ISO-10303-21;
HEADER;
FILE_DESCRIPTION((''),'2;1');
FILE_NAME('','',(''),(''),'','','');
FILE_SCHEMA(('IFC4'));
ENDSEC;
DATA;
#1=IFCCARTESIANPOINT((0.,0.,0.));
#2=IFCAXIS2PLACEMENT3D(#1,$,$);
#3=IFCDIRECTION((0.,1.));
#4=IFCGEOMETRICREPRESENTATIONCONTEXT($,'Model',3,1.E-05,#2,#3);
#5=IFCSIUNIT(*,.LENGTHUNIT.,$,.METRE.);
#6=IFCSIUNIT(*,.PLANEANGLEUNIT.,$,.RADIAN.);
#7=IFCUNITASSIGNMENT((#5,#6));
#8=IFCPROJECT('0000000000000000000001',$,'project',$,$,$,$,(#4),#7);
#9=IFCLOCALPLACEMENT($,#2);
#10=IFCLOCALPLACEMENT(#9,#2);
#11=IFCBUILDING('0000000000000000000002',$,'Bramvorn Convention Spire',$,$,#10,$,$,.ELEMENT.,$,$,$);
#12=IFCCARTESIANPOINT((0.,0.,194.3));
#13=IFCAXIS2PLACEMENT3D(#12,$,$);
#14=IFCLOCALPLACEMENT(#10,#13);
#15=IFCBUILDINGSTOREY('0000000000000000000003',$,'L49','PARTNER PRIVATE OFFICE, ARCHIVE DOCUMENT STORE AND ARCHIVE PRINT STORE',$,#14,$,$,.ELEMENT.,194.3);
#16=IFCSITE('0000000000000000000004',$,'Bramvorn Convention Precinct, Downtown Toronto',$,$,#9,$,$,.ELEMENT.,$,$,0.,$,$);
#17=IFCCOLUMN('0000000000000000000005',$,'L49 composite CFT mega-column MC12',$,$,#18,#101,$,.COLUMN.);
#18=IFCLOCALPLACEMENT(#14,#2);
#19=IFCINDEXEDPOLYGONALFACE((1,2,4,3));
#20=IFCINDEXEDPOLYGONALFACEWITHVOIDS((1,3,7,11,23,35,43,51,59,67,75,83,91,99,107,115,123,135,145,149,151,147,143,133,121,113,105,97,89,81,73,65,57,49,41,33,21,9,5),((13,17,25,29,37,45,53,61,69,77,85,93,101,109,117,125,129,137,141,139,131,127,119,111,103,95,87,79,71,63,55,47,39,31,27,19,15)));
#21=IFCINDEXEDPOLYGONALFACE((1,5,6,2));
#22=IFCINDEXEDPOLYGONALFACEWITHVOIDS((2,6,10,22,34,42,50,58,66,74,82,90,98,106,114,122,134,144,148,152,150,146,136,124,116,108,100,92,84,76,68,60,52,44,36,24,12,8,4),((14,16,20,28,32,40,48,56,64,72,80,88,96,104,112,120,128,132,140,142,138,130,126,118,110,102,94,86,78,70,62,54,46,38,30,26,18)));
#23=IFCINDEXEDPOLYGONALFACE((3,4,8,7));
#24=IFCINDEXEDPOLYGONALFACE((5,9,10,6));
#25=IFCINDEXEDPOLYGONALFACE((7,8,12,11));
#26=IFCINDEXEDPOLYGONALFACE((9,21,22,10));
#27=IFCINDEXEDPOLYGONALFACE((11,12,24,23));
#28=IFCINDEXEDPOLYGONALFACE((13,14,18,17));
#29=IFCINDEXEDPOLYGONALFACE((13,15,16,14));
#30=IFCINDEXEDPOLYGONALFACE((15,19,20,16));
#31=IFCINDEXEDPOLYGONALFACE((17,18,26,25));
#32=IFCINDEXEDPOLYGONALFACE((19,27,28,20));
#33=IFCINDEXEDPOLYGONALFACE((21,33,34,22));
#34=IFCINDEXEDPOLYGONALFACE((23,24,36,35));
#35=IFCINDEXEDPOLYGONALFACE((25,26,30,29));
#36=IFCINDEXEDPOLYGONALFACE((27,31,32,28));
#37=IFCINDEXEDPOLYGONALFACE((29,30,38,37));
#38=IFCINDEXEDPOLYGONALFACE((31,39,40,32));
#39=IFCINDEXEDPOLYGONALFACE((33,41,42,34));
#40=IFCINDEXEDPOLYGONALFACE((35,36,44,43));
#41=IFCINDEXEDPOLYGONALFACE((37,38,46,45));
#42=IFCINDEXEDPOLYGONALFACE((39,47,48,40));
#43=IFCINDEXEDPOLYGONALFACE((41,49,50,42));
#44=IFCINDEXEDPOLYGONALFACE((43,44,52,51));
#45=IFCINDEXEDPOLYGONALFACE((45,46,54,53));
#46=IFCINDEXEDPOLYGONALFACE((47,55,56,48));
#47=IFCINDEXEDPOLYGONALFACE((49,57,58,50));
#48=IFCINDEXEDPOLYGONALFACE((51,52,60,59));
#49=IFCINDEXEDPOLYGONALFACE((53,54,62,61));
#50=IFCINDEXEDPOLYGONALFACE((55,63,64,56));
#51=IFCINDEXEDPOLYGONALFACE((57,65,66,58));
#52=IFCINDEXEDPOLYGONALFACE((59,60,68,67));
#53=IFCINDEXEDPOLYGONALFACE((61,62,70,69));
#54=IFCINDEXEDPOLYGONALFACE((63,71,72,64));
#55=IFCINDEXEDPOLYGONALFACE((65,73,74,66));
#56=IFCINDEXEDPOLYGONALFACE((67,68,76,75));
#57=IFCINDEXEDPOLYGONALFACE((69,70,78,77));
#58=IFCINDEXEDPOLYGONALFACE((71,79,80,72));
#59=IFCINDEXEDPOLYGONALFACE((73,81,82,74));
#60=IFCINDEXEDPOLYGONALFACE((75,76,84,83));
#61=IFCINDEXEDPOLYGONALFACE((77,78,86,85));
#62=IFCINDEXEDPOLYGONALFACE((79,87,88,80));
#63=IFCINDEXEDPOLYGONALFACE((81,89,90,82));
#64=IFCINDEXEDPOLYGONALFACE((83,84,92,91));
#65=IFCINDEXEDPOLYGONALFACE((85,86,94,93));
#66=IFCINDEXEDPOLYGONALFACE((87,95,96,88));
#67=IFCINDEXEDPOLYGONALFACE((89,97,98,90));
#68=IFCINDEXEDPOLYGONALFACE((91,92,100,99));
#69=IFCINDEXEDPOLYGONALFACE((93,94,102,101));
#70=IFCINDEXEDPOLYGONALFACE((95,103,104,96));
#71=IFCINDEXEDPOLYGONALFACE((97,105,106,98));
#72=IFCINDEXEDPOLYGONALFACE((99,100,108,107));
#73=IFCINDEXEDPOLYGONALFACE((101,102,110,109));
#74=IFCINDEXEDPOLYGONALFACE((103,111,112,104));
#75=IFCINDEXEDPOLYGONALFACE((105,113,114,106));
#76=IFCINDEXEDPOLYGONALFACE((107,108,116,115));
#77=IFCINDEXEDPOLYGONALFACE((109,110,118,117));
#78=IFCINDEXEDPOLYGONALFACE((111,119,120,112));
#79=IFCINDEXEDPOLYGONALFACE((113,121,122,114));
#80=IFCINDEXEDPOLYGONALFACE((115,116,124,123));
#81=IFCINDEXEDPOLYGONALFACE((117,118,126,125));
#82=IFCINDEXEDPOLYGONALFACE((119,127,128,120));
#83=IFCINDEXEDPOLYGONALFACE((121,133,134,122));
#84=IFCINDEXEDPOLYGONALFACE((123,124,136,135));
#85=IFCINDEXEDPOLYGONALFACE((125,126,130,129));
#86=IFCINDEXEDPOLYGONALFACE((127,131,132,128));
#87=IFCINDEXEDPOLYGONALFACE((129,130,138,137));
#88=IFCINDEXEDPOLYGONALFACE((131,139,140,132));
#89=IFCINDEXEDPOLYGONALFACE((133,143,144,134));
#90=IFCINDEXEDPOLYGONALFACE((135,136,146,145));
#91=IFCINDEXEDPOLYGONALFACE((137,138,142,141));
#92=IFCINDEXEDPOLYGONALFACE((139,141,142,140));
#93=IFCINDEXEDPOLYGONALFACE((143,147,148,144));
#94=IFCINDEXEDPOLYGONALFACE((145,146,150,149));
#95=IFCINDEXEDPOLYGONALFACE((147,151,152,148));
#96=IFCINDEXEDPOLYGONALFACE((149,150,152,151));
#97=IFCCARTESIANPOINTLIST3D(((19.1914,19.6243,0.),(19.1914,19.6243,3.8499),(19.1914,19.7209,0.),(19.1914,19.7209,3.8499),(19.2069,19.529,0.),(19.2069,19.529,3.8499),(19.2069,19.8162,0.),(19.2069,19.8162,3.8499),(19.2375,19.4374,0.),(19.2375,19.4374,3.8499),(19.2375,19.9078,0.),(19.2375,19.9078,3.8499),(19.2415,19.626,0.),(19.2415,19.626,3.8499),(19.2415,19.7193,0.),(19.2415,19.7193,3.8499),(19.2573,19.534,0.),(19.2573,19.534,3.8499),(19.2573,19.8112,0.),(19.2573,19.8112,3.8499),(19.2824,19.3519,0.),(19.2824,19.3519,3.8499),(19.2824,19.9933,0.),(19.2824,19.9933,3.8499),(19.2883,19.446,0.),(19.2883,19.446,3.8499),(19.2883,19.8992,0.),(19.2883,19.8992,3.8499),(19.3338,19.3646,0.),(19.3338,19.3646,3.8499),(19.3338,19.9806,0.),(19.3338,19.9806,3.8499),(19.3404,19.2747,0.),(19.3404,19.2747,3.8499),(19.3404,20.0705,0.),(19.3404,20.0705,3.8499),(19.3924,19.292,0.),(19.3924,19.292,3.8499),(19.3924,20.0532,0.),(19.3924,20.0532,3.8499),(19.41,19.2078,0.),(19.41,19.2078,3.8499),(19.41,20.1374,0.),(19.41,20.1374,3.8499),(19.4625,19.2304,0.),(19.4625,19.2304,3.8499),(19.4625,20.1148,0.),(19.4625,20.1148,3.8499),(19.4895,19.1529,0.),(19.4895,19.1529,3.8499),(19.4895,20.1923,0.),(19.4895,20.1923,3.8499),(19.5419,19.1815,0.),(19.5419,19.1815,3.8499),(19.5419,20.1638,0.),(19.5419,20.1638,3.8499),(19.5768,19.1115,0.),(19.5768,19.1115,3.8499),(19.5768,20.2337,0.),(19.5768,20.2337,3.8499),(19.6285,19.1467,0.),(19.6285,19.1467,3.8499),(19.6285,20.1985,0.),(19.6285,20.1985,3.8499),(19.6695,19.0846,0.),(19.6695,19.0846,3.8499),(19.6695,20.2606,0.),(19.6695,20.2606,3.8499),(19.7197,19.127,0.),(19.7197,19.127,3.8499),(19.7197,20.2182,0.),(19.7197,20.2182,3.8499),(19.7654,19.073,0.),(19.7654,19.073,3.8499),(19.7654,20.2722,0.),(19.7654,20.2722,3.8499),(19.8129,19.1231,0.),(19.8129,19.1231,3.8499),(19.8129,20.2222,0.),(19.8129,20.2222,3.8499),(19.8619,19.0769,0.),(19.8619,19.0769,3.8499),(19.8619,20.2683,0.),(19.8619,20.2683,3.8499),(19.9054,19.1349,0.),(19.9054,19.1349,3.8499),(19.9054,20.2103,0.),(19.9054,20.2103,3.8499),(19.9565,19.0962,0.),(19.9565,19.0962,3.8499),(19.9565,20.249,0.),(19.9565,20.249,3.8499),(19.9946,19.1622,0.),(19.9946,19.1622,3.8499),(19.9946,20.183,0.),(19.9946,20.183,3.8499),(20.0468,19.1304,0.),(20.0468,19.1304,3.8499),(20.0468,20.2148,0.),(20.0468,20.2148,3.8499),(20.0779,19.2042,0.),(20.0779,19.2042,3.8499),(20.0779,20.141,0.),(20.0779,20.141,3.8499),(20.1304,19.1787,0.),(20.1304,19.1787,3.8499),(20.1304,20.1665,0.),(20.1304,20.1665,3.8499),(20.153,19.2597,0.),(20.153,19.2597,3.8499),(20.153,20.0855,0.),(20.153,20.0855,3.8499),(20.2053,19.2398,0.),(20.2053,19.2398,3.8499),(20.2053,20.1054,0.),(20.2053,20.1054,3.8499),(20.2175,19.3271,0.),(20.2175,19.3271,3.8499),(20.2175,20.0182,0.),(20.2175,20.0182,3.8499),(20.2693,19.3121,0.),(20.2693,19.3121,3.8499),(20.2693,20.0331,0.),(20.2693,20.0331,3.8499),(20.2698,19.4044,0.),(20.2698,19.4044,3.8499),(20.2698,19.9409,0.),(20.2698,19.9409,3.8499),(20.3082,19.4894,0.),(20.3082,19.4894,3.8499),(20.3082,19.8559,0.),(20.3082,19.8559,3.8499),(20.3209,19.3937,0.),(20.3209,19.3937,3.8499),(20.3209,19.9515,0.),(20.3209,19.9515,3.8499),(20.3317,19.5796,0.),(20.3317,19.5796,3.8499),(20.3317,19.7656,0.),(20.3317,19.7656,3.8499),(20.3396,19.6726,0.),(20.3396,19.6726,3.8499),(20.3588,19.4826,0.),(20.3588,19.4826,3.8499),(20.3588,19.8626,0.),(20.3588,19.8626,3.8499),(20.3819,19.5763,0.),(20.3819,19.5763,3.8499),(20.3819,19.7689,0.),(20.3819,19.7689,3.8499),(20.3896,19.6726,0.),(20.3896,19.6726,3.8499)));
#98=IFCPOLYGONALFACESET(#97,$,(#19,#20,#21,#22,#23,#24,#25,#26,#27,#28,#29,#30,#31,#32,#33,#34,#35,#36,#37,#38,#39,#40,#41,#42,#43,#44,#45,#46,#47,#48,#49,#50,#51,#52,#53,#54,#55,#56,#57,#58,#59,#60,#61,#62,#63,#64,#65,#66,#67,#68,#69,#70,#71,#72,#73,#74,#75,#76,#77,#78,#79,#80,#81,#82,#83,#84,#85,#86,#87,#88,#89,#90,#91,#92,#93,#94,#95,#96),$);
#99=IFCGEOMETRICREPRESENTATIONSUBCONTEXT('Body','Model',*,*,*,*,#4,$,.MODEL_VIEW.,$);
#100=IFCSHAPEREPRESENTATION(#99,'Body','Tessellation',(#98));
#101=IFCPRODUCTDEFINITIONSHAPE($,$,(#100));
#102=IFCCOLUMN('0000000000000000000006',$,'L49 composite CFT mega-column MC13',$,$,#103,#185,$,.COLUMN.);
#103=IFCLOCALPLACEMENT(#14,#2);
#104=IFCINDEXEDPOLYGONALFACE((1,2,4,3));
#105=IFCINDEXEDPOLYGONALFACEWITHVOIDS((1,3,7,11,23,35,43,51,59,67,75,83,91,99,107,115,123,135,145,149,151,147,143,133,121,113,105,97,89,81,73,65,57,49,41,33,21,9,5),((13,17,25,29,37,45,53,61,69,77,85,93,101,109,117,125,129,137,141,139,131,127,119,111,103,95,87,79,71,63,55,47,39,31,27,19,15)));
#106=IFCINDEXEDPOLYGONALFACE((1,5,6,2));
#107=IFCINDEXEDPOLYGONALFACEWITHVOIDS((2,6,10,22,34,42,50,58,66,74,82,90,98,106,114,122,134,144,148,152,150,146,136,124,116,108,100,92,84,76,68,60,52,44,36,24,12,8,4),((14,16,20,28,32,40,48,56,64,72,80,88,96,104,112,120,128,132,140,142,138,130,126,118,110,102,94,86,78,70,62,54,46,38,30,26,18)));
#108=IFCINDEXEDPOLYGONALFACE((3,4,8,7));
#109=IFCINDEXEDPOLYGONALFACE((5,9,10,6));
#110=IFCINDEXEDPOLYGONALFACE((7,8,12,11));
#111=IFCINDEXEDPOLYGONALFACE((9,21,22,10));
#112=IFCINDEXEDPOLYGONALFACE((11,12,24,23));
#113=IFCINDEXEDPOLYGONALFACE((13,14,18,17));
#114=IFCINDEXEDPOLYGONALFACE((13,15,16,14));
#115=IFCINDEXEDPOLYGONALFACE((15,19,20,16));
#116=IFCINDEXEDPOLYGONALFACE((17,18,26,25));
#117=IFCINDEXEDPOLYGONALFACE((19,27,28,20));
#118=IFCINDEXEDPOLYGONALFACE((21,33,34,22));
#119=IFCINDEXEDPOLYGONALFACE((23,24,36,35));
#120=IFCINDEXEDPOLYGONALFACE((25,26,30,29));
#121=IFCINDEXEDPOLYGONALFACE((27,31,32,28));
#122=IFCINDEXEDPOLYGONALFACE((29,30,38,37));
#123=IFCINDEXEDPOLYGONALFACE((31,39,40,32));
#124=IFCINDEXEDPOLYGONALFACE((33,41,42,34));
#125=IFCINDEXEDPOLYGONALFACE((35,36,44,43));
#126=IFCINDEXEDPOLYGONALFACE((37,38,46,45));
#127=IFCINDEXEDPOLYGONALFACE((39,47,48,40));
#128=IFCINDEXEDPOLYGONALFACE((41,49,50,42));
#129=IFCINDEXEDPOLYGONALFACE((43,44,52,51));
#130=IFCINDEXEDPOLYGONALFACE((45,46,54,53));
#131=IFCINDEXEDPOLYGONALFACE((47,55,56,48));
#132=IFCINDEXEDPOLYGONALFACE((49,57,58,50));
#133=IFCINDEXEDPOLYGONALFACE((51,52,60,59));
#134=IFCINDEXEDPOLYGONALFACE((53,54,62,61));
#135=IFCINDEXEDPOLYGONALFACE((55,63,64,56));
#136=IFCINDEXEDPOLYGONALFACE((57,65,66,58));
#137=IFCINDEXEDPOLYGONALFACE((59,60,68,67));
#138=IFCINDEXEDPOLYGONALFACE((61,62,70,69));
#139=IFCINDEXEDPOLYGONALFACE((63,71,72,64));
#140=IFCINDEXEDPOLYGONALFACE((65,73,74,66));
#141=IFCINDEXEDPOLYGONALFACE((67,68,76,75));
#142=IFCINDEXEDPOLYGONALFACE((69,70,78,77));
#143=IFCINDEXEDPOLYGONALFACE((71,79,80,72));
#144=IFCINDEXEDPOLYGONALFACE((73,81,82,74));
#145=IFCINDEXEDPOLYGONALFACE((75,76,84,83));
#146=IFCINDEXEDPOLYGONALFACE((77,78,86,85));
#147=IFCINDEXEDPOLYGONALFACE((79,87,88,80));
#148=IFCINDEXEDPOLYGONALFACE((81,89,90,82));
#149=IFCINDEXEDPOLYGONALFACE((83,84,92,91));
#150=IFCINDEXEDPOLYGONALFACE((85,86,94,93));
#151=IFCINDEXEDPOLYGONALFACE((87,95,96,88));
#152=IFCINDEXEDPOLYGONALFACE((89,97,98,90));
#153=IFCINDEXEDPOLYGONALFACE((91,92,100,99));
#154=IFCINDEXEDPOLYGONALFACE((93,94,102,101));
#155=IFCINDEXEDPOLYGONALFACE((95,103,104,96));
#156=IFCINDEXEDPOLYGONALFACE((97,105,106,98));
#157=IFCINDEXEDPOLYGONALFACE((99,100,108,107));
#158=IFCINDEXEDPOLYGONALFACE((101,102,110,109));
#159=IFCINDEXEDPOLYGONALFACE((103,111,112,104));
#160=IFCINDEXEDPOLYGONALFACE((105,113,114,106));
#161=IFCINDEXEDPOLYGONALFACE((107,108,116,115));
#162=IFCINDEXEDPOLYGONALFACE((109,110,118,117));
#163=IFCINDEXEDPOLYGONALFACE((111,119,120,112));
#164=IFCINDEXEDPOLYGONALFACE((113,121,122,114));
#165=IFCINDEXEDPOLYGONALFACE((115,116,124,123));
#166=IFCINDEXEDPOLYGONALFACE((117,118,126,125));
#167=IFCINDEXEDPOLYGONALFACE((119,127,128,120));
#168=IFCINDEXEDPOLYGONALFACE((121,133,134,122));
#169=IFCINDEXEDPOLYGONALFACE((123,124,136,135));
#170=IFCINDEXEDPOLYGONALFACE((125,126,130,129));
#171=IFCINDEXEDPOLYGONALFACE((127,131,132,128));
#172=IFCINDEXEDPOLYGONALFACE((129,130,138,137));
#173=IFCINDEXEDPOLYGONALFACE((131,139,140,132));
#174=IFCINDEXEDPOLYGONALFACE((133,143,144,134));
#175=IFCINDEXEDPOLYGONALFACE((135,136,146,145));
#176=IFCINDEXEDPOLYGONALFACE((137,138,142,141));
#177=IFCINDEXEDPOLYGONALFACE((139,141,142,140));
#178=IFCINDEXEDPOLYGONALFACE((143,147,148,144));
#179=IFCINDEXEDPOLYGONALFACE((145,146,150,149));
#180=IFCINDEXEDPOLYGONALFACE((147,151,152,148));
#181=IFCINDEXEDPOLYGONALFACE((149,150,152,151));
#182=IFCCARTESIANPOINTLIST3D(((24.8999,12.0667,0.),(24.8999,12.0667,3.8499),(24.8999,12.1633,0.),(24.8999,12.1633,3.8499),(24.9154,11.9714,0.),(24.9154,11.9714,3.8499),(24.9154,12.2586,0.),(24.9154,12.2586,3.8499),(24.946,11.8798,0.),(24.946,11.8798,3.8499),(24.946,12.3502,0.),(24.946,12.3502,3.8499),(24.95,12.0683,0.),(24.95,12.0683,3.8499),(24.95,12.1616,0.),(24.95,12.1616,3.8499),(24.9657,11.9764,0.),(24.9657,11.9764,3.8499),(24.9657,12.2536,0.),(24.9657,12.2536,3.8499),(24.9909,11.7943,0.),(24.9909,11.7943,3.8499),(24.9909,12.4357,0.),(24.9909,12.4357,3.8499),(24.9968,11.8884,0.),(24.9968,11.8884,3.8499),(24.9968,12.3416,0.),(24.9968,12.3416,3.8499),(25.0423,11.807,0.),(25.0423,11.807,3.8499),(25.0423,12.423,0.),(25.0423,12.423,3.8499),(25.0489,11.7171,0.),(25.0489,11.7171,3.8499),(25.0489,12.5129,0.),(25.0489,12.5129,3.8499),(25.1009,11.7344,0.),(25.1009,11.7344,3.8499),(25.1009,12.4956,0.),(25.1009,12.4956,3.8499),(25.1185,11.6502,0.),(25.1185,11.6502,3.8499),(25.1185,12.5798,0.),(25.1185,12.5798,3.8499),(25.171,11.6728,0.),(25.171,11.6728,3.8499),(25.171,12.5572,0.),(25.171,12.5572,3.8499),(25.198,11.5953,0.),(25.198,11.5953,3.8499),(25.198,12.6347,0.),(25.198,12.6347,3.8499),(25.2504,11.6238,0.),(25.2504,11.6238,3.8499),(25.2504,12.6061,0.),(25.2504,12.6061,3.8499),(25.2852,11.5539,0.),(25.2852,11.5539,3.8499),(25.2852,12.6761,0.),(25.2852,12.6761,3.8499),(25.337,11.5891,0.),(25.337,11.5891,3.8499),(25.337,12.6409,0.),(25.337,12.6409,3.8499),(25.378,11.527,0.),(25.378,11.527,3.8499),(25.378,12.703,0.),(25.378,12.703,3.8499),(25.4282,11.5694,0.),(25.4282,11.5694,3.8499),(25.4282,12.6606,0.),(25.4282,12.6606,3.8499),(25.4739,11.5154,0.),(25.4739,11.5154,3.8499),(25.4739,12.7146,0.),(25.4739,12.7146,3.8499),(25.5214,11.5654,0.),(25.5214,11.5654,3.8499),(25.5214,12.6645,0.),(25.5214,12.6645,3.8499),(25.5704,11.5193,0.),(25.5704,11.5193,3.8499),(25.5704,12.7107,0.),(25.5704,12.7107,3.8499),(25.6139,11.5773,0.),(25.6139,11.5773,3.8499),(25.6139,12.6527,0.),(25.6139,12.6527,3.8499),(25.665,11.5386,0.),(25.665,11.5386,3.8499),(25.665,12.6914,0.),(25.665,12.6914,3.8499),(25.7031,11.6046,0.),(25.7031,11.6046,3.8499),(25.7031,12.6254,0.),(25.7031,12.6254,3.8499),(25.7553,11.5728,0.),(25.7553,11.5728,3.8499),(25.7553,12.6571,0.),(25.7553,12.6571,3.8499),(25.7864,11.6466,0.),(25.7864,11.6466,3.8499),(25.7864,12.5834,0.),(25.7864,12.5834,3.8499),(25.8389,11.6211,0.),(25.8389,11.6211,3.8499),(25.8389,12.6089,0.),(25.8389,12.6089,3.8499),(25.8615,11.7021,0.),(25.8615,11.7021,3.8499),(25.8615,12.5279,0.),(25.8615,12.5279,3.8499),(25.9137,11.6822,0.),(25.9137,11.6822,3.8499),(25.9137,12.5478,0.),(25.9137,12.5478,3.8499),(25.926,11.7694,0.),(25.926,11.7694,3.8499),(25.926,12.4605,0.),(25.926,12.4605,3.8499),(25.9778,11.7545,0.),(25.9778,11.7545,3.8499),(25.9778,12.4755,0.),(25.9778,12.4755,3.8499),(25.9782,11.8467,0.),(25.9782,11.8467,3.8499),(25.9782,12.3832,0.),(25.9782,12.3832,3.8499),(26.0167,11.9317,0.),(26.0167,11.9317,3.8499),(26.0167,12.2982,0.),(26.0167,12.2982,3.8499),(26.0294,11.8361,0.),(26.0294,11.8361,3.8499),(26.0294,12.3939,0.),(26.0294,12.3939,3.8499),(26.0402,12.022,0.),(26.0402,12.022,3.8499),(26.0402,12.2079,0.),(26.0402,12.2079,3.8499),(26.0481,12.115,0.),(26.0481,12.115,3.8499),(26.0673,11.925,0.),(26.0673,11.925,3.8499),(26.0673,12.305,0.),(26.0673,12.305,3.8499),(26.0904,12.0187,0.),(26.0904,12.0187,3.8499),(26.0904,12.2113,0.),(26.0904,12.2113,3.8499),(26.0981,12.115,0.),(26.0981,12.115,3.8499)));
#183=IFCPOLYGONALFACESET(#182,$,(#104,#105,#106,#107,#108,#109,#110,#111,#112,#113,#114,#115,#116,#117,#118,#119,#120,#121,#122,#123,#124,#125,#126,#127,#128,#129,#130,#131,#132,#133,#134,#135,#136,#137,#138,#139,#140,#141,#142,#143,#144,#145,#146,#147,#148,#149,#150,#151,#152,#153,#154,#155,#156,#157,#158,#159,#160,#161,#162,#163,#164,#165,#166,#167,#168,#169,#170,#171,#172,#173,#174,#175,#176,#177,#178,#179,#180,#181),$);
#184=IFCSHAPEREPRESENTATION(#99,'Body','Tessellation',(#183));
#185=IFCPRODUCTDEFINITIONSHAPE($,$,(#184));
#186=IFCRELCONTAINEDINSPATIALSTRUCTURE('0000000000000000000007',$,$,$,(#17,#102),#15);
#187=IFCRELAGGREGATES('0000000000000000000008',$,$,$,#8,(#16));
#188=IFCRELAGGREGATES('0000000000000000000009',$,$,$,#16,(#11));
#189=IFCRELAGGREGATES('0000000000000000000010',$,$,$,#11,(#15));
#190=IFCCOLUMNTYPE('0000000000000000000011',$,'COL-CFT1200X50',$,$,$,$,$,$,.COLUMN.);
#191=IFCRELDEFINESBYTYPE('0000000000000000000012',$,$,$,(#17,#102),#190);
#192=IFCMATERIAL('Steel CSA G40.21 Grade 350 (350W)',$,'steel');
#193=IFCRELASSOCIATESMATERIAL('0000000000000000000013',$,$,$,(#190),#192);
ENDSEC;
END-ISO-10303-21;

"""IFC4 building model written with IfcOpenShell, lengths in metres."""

from ifc_helpers import new_model, si_unit, direction, frame, origin, origin_2d, place, context, subcontext, project, spatial, hollow_circle, extrude, material, material_profile, profile_set, type_object, element, save


model = new_model("IFC4")

# Units and contexts
model_context = context("Model", 3, precision=1e-05, world=origin(), true_north=direction((0.0, 1.0)))
body_context = subcontext(model_context, "Body", "Model", "MODEL_VIEW")
ifc_project = project(units=[si_unit("LENGTHUNIT", "METRE"), si_unit("PLANEANGLEUNIT", "RADIAN")], contexts=[model_context])

# Site, building, storey
site_placement = place(None, origin())
site = spatial("IfcSite", under=ifc_project, at=site_placement, Name="Bramvorn Convention Precinct, Downtown Toronto", CompositionType="ELEMENT", RefElevation=0.0)
building_placement = place(site_placement, origin())
building = spatial("IfcBuilding", under=site, at=building_placement, Name="Bramvorn Convention Spire", CompositionType="ELEMENT")
storey_placement = place(building_placement, frame((0.0, 0.0, 194.3)))
storey = spatial("IfcBuildingStorey", under=building, at=storey_placement, Name="L49", Description="PARTNER PRIVATE OFFICE, ARCHIVE DOCUMENT STORE AND ARCHIVE PRINT STORE", CompositionType="ELEMENT", Elevation=194.3)

# Columns
ifc_material_1 = material(Name="Steel CSA G40.21 Grade 350 (350W)", Category="steel")
ifc_material_profile_1 = material_profile(ifc_material_1, hollow_circle(Radius=0.6001, WallThickness=0.05, at=origin_2d()))
ifc_profile_set_1 = profile_set([ifc_material_profile_1], Name="Steel CSA G40.21 Grade 350 (350W) - CFT1200X50")
column_type = type_object("IfcColumnType", Name="COL-CFT1200X50", PredefinedType="COLUMN", material=ifc_profile_set_1)
for number, where, z_axis, x_axis, name in (
    (1, (19.7896, 19.6726, 0.0), (0.0, 0.0, 1.0), (1.0, 0.0, 0.0), "L49 composite CFT mega-column MC12"),
    (2, (25.498, 12.115, 0.0), (0.0, 0.0, 1.0), (1.0, 0.0, 0.0), "L49 composite CFT mega-column MC13"),
):
    element("IfcColumn", number, at=place(storey_placement, frame(where, z_axis=z_axis, x_axis=x_axis)), inside=storey, type_object=column_type, Name=name, PredefinedType="COLUMN", context=body_context, shape_type="SweptSolid", body=[
        extrude(hollow_circle(Radius=0.6001, WallThickness=0.05, at=origin_2d()), origin(), (0.0, 0.0, 1.0), 3.8499),
    ])

save(model, "model.ifc")
